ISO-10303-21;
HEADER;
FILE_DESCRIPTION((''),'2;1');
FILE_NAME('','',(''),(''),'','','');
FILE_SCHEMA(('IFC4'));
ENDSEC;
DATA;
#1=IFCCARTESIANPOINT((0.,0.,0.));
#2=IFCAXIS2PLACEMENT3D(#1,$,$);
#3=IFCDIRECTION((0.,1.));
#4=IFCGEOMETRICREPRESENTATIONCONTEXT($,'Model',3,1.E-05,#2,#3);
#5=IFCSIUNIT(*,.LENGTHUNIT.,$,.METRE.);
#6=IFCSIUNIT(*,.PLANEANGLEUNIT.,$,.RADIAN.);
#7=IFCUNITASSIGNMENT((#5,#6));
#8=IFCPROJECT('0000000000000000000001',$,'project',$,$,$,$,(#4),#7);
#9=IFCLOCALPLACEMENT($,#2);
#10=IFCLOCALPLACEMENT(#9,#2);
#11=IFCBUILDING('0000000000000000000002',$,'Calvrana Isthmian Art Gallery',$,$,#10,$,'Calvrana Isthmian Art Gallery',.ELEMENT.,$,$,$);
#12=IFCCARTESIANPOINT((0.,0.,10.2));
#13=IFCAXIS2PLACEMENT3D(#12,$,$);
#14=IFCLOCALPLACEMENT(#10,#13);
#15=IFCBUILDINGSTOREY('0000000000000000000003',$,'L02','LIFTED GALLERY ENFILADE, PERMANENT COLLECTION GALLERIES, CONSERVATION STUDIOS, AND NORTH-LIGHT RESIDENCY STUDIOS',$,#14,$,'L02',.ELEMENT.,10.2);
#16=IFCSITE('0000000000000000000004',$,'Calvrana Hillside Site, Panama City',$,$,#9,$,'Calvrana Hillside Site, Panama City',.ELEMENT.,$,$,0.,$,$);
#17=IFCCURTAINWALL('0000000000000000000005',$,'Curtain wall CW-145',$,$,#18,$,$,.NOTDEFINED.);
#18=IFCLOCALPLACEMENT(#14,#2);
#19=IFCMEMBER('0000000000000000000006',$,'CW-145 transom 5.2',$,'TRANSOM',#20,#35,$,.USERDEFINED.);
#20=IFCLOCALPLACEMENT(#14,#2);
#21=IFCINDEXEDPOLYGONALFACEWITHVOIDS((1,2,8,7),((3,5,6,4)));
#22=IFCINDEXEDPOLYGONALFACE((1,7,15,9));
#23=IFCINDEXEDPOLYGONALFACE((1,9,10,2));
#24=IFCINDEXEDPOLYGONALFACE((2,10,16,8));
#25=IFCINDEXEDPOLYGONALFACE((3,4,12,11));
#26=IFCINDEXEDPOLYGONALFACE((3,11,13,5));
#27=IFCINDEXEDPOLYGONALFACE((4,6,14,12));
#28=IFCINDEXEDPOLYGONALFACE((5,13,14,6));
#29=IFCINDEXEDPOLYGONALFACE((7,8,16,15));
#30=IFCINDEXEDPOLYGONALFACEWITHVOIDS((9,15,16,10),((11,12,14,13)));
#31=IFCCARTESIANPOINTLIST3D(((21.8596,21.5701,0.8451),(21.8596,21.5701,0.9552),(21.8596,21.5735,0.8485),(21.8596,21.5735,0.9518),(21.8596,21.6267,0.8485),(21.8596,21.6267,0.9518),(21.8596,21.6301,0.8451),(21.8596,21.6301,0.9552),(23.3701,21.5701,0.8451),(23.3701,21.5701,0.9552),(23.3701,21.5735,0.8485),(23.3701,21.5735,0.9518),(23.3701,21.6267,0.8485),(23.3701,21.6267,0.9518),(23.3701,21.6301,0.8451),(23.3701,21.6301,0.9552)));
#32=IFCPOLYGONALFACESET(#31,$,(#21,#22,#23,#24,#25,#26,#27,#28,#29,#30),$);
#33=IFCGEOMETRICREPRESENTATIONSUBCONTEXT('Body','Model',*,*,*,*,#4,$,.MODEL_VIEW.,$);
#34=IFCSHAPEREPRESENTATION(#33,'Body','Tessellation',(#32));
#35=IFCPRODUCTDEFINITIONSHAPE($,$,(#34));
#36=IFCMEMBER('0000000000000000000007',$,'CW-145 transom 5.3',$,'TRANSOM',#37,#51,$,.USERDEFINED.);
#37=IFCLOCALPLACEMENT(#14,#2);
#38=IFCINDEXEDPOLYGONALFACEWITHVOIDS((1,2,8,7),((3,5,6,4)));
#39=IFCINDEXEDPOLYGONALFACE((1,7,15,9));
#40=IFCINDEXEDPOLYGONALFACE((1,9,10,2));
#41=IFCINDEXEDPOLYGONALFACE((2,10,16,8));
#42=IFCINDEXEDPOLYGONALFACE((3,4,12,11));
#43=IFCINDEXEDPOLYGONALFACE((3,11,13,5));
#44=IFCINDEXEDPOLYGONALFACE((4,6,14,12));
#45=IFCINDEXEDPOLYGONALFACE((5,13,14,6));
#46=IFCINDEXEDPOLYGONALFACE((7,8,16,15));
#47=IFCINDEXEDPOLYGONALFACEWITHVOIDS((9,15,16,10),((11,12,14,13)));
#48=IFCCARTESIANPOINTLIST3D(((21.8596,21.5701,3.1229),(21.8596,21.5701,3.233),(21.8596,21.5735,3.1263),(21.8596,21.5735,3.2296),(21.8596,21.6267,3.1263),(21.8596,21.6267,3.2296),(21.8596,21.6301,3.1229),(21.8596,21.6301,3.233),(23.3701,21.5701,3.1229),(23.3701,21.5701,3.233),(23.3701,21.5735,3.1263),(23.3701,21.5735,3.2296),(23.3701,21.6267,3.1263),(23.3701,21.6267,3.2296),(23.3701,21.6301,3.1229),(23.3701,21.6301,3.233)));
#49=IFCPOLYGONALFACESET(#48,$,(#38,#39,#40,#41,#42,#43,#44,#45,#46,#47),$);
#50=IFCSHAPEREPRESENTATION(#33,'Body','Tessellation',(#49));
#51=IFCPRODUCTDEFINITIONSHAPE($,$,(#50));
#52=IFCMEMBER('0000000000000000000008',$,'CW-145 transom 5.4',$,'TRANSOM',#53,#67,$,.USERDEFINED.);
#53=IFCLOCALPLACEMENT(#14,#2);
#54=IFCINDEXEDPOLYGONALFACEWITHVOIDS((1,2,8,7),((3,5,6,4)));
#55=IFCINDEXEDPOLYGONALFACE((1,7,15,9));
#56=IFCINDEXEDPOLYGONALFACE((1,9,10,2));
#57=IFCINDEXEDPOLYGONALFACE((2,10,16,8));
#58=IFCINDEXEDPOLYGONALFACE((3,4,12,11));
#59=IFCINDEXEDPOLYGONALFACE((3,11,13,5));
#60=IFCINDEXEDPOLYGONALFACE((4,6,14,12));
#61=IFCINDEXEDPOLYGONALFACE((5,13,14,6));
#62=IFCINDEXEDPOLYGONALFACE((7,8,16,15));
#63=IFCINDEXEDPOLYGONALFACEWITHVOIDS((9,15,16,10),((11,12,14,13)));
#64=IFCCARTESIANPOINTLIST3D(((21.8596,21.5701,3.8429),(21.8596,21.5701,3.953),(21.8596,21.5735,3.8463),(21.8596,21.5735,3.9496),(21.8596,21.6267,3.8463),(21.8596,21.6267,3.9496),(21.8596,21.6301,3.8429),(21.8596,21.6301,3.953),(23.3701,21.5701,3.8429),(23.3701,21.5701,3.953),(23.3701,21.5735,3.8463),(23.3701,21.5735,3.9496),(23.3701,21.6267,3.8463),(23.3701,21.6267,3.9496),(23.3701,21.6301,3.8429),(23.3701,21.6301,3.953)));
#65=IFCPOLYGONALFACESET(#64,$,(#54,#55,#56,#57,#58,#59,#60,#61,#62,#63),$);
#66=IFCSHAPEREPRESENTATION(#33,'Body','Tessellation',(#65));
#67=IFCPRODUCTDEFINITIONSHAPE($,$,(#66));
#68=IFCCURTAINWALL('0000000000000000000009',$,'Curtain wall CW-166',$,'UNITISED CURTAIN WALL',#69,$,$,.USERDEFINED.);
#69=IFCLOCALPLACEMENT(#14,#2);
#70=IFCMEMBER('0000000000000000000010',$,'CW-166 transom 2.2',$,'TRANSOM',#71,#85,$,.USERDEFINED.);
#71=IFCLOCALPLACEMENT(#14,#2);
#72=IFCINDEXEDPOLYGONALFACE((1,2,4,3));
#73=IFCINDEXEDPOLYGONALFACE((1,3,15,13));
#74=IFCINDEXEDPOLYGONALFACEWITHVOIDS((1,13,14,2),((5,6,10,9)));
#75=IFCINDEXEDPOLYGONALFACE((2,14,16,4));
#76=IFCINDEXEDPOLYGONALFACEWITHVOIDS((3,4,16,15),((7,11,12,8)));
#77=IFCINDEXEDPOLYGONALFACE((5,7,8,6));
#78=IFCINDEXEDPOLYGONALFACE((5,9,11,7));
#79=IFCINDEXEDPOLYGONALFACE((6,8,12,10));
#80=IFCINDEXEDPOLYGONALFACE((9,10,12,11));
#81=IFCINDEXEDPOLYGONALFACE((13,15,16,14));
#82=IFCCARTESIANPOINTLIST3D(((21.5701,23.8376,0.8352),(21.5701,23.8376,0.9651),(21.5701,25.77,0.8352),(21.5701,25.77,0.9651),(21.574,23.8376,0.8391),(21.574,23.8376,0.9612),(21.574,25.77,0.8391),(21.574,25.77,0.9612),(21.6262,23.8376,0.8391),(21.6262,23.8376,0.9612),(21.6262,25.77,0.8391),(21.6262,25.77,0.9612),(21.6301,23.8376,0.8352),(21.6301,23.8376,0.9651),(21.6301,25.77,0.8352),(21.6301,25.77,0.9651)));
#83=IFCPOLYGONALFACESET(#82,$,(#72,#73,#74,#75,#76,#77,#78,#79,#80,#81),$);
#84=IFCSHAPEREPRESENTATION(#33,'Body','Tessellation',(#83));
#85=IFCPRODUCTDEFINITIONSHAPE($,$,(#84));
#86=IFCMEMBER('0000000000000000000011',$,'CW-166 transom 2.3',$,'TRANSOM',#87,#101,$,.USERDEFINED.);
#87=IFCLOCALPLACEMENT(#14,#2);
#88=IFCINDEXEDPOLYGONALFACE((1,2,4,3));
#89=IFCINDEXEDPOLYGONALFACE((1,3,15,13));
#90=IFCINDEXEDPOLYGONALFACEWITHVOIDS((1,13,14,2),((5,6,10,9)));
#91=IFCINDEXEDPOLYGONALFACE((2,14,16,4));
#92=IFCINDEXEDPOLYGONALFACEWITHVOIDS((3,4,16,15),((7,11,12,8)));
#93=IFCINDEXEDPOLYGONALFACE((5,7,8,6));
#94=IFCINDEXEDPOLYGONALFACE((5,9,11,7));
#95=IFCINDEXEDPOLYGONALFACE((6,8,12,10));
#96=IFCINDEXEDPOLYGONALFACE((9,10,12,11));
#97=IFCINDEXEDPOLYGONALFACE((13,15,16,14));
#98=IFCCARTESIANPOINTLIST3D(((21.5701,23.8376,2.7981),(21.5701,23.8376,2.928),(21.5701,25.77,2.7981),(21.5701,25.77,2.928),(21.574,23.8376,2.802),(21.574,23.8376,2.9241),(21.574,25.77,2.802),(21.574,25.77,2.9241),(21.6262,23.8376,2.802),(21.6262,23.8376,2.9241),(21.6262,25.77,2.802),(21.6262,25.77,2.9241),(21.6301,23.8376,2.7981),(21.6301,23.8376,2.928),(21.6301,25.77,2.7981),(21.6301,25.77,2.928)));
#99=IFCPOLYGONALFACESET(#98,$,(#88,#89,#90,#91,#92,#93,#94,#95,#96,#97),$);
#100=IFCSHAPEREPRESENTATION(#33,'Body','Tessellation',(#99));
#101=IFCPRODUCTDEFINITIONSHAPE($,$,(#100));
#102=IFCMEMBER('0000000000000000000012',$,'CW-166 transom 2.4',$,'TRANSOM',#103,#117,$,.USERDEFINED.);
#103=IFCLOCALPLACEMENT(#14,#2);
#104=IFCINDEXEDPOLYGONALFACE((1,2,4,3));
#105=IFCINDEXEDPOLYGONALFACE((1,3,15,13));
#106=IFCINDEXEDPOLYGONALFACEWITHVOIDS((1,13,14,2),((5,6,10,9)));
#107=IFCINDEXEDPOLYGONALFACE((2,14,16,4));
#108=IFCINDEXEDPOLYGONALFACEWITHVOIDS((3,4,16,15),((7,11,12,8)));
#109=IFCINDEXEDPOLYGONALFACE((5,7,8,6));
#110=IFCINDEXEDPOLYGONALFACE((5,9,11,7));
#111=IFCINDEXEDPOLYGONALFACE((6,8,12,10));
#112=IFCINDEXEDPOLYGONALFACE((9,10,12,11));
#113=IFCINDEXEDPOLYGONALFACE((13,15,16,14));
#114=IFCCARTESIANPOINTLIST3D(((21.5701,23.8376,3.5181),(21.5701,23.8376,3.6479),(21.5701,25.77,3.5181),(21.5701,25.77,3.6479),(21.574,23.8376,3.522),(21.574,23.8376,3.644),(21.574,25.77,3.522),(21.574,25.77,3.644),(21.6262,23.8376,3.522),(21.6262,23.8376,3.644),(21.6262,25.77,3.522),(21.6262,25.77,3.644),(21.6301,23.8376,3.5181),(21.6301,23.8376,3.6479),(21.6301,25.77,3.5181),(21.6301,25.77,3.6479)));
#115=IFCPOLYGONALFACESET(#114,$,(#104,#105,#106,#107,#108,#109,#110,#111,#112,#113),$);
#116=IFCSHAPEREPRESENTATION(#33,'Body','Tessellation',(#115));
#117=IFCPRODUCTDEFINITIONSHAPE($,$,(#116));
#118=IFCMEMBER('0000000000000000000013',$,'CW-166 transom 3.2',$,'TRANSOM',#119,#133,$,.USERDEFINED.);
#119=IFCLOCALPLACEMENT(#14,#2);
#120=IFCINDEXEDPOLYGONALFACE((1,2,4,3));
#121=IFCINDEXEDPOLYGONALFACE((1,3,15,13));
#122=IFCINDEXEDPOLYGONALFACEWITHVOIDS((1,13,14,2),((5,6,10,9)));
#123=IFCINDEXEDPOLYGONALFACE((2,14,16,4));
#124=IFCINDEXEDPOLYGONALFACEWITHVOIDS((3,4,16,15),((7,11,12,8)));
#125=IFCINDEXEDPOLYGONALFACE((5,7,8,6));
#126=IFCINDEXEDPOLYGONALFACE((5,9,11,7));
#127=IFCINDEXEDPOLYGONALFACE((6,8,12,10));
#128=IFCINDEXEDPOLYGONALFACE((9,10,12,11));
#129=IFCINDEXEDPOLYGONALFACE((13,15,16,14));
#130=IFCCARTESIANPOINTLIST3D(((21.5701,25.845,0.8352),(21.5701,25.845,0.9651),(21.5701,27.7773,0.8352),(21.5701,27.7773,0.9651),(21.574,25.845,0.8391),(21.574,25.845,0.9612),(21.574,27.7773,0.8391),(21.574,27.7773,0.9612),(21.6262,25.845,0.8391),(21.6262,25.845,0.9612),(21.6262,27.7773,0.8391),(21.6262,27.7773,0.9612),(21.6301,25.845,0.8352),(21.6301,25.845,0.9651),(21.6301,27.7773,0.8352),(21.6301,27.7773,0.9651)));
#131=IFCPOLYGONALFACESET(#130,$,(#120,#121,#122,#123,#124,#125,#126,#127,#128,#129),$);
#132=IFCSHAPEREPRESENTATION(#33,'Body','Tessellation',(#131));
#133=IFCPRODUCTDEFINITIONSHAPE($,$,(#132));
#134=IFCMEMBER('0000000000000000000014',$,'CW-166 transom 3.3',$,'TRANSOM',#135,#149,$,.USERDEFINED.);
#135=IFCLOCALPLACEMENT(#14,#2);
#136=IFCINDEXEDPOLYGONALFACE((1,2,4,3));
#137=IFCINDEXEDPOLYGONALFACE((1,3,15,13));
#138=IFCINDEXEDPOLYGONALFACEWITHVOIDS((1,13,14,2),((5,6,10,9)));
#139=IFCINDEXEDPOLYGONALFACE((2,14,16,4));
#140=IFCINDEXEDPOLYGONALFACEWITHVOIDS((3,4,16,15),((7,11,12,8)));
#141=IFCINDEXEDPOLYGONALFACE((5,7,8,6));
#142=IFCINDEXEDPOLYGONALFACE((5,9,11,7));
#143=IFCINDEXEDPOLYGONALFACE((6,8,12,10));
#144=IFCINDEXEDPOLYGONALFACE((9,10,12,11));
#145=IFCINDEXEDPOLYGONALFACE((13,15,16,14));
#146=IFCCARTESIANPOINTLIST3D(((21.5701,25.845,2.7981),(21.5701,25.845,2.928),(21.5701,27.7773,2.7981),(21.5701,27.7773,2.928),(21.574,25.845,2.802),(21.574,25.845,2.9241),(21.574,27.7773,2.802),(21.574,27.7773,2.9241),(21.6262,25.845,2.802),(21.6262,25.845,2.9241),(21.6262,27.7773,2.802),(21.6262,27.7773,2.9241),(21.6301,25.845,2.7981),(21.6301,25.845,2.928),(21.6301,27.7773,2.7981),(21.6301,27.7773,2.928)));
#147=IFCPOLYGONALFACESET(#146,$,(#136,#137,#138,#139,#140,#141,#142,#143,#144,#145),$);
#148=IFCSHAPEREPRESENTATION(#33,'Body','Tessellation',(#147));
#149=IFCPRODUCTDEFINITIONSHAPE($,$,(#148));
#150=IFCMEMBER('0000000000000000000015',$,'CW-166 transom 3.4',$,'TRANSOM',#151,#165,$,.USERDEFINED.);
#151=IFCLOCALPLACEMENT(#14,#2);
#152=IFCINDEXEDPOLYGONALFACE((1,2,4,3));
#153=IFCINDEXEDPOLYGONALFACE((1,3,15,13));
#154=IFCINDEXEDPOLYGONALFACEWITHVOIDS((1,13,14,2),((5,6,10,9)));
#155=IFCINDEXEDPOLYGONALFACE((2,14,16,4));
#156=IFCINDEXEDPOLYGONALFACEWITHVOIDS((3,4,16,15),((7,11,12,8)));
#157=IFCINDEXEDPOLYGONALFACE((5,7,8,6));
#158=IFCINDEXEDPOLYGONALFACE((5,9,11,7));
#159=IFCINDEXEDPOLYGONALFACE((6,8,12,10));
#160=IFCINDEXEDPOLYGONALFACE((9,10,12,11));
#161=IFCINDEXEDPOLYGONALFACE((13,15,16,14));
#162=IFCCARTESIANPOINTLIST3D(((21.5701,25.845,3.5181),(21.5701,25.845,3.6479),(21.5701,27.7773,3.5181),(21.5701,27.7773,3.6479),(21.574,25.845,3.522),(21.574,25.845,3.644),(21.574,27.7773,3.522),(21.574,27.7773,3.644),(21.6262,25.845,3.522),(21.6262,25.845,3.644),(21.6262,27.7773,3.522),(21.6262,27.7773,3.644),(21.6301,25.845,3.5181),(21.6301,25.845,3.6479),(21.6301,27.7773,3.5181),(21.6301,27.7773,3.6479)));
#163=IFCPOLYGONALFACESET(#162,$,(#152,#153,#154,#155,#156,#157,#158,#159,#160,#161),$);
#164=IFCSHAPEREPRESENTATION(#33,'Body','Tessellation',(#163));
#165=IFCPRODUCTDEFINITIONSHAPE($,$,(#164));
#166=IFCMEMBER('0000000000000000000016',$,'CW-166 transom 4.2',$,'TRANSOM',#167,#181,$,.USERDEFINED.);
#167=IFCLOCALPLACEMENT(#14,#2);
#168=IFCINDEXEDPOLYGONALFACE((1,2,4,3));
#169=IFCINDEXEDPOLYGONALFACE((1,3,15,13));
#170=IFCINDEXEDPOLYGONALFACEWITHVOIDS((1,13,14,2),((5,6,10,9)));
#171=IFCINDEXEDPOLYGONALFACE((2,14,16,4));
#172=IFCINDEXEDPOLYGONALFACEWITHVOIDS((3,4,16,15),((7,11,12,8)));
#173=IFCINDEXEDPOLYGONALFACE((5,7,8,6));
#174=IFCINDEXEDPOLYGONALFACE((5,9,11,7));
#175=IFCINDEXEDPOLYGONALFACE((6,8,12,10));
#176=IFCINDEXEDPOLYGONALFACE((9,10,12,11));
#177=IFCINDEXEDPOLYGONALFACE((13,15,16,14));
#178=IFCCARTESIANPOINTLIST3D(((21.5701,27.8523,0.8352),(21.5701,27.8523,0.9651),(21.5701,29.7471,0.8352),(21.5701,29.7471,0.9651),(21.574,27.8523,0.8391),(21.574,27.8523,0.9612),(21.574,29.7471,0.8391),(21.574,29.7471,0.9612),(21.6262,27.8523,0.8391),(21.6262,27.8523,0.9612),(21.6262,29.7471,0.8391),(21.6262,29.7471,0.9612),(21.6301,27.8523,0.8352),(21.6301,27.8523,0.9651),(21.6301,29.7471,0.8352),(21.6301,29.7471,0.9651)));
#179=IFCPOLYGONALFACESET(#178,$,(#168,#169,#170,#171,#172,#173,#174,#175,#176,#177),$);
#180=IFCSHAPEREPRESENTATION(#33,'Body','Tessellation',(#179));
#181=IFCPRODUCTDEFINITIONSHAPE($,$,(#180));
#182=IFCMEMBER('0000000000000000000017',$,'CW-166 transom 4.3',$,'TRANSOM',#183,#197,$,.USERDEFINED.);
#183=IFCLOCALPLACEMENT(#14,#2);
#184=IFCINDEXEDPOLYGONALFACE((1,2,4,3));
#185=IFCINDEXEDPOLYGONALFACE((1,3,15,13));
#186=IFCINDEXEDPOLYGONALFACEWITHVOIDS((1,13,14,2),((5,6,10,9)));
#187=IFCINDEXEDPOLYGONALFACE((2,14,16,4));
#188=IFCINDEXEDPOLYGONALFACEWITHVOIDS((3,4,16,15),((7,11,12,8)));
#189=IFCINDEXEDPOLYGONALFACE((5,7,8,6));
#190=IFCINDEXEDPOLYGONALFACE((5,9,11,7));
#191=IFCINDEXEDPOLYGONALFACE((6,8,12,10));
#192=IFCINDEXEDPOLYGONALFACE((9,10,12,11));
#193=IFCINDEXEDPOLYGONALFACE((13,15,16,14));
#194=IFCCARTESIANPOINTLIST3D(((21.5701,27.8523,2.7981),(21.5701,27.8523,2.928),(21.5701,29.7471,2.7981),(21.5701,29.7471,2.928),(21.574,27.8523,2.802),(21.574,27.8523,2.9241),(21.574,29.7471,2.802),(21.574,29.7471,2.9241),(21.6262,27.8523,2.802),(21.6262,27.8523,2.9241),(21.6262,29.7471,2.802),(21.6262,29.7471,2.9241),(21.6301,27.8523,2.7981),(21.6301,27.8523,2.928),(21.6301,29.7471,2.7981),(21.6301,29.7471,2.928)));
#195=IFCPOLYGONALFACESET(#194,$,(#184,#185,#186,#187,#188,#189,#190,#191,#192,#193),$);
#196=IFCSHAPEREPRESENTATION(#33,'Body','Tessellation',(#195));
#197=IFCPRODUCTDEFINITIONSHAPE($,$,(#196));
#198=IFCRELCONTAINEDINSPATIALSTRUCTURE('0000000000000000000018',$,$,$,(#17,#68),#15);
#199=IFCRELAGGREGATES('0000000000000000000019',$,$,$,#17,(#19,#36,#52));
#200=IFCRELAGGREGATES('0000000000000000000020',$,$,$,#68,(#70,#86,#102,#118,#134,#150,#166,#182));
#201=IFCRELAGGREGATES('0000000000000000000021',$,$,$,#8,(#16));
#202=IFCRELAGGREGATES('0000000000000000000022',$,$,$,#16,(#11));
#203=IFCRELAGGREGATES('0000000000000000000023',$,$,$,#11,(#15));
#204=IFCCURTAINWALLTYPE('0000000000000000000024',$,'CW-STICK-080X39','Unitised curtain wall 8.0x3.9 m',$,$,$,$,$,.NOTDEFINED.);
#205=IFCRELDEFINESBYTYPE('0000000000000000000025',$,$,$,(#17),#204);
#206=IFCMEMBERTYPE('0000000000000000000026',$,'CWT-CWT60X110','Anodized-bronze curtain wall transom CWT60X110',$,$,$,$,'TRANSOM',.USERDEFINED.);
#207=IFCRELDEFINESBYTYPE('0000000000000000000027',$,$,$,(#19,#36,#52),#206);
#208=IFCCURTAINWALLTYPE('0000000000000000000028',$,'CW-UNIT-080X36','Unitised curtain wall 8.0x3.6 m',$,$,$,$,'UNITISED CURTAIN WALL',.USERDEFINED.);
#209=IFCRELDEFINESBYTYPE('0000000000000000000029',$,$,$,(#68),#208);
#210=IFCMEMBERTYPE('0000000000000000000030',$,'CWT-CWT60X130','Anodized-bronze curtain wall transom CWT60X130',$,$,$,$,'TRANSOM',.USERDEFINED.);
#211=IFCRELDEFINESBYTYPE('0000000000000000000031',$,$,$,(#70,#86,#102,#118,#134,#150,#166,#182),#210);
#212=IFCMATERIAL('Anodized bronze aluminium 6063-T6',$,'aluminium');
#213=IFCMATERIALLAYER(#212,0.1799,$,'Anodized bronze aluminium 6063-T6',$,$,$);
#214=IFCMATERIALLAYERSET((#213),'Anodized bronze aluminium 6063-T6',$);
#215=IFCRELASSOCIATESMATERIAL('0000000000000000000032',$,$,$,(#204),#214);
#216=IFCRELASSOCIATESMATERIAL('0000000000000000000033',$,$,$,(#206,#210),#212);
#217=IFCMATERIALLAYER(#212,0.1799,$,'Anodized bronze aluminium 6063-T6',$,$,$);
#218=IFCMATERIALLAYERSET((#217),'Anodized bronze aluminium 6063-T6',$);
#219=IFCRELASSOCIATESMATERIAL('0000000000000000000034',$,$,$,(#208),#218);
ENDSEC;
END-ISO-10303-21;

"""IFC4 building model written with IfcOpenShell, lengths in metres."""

from ifc_helpers import new_model, si_unit, direction, frame, origin, origin_2d, place, context, subcontext, project, spatial, hollow_rectangle, extrude, material, layer, layer_set, material_profile, profile_set, type_object, element, aggregate, save


model = new_model("IFC4")

# Units and contexts
model_context = context("Model", 3, precision=1e-05, world=origin(), true_north=direction((0.0, 1.0)))
body_context = subcontext(model_context, "Body", "Model", "MODEL_VIEW")
ifc_project = project(units=[si_unit("LENGTHUNIT", "METRE"), si_unit("PLANEANGLEUNIT", "RADIAN")], contexts=[model_context])

# Site, building, storey
site_placement = place(None, origin())
site = spatial("IfcSite", under=ifc_project, at=site_placement, Name="Calvrana Hillside Site, Panama City", LongName="Calvrana Hillside Site, Panama City", CompositionType="ELEMENT", RefElevation=0.0)
building_placement = place(site_placement, origin())
building = spatial("IfcBuilding", under=site, at=building_placement, Name="Calvrana Isthmian Art Gallery", LongName="Calvrana Isthmian Art Gallery", CompositionType="ELEMENT")
storey_placement = place(building_placement, frame((0.0, 0.0, 10.2)))
storey = spatial("IfcBuildingStorey", under=building, at=storey_placement, Name="L02", Description="LIFTED GALLERY ENFILADE, PERMANENT COLLECTION GALLERIES, CONSERVATION STUDIOS, AND NORTH-LIGHT RESIDENCY STUDIOS", LongName="L02", CompositionType="ELEMENT", Elevation=10.2)

# Curtain walls, members
ifc_material_1 = material(Name="Anodized bronze aluminium 6063-T6", Category="aluminium")
ifc_layer_1 = layer(ifc_material_1, 0.1799, Name="Anodized bronze aluminium 6063-T6")
ifc_layer_set_1 = layer_set([ifc_layer_1], Name="Anodized bronze aluminium 6063-T6")
curtain_wall_type_1 = type_object("IfcCurtainWallType", Name="CW-STICK-080X39", Description="Unitised curtain wall 8.0x3.9 m", PredefinedType="NOTDEFINED", material=ifc_layer_set_1)
curtain_wall_1_placement = place(storey_placement, origin())
curtain_wall_1 = element("IfcCurtainWall", 1, at=curtain_wall_1_placement, inside=storey, type_object=curtain_wall_type_1, Name="Curtain wall CW-145", PredefinedType="NOTDEFINED")
ifc_material_profile_1 = material_profile(ifc_material_1, hollow_rectangle(XDim=0.0601, YDim=0.1101, WallThickness=0.0034, at=origin_2d()), Name="CWT60X110")
ifc_profile_set_1 = profile_set([ifc_material_profile_1], Name="Anodized bronze aluminium 6063-T6")
member_type_1 = type_object("IfcMemberType", Name="CWT-CWT60X110", Description="Anodized-bronze curtain wall transom CWT60X110", ElementType="TRANSOM", PredefinedType="USERDEFINED", material=ifc_profile_set_1)
member_1_placement = place(storey_placement, frame((23.3701, 21.6001, 0.9001), z_axis=(-1.0, 0.0, 0.0), x_axis=(0.0, -1.0, 0.0)))
member_1 = element("IfcMember", 2, at=member_1_placement, type_object=member_type_1, Name="CW-145 transom 5.2", ObjectType="TRANSOM", PredefinedType="USERDEFINED", context=body_context, shape_type="SweptSolid", body=[
    extrude(hollow_rectangle(XDim=0.0601, YDim=0.1101, WallThickness=0.0034, at=origin_2d()), origin(), (0.0, 0.0, 1.0), 1.5105),
])
member_2_placement = place(storey_placement, frame((23.3701, 21.6001, 3.178), z_axis=(-1.0, 0.0, 0.0), x_axis=(0.0, -1.0, 0.0)))
member_2 = element("IfcMember", 3, at=member_2_placement, type_object=member_type_1, Name="CW-145 transom 5.3", ObjectType="TRANSOM", PredefinedType="USERDEFINED", context=body_context, shape_type="SweptSolid", body=[
    extrude(hollow_rectangle(XDim=0.0601, YDim=0.1101, WallThickness=0.0034, at=origin_2d()), origin(), (0.0, 0.0, 1.0), 1.5105),
])
member_3_placement = place(storey_placement, frame((23.3701, 21.6001, 3.8979), z_axis=(-1.0, 0.0, 0.0), x_axis=(0.0, -1.0, 0.0)))
member_3 = element("IfcMember", 4, at=member_3_placement, type_object=member_type_1, Name="CW-145 transom 5.4", ObjectType="TRANSOM", PredefinedType="USERDEFINED", context=body_context, shape_type="SweptSolid", body=[
    extrude(hollow_rectangle(XDim=0.0601, YDim=0.1101, WallThickness=0.0034, at=origin_2d()), origin(), (0.0, 0.0, 1.0), 1.5105),
])
ifc_layer_2 = layer(ifc_material_1, 0.1799, Name="Anodized bronze aluminium 6063-T6")
ifc_layer_set_2 = layer_set([ifc_layer_2], Name="Anodized bronze aluminium 6063-T6")
curtain_wall_type_2 = type_object("IfcCurtainWallType", Name="CW-UNIT-080X36", Description="Unitised curtain wall 8.0x3.6 m", ElementType="UNITISED CURTAIN WALL", PredefinedType="USERDEFINED", material=ifc_layer_set_2)
curtain_wall_2_placement = place(storey_placement, origin())
curtain_wall_2 = element("IfcCurtainWall", 5, at=curtain_wall_2_placement, inside=storey, type_object=curtain_wall_type_2, Name="Curtain wall CW-166", ObjectType="UNITISED CURTAIN WALL", PredefinedType="USERDEFINED")
ifc_material_profile_2 = material_profile(ifc_material_1, hollow_rectangle(XDim=0.0601, YDim=0.1299, WallThickness=0.0039, at=origin_2d()), Name="CWT60X130")
ifc_profile_set_2 = profile_set([ifc_material_profile_2], Name="Anodized bronze aluminium 6063-T6")
member_type_2 = type_object("IfcMemberType", Name="CWT-CWT60X130", Description="Anodized-bronze curtain wall transom CWT60X130", ElementType="TRANSOM", PredefinedType="USERDEFINED", material=ifc_profile_set_2)
member_4_placement = place(storey_placement, frame((21.6001, 23.8376, 0.9001), z_axis=(0.0, 1.0, 0.0), x_axis=(-1.0, 0.0, 0.0)))
member_4 = element("IfcMember", 6, at=member_4_placement, type_object=member_type_2, Name="CW-166 transom 2.2", ObjectType="TRANSOM", PredefinedType="USERDEFINED", context=body_context, shape_type="SweptSolid", body=[
    extrude(hollow_rectangle(XDim=0.0601, YDim=0.1299, WallThickness=0.0039, at=origin_2d()), origin(), (0.0, 0.0, 1.0), 1.9324),
])
member_5_placement = place(storey_placement, frame((21.6001, 23.8376, 2.863), z_axis=(0.0, 1.0, 0.0), x_axis=(-1.0, 0.0, 0.0)))
member_5 = element("IfcMember", 7, at=member_5_placement, type_object=member_type_2, Name="CW-166 transom 2.3", ObjectType="TRANSOM", PredefinedType="USERDEFINED", context=body_context, shape_type="SweptSolid", body=[
    extrude(hollow_rectangle(XDim=0.0601, YDim=0.1299, WallThickness=0.0039, at=origin_2d()), origin(), (0.0, 0.0, 1.0), 1.9324),
])
member_6_placement = place(storey_placement, frame((21.6001, 23.8376, 3.583), z_axis=(0.0, 1.0, 0.0), x_axis=(-1.0, 0.0, 0.0)))
member_6 = element("IfcMember", 8, at=member_6_placement, type_object=member_type_2, Name="CW-166 transom 2.4", ObjectType="TRANSOM", PredefinedType="USERDEFINED", context=body_context, shape_type="SweptSolid", body=[
    extrude(hollow_rectangle(XDim=0.0601, YDim=0.1299, WallThickness=0.0039, at=origin_2d()), origin(), (0.0, 0.0, 1.0), 1.9324),
])
member_7_placement = place(storey_placement, frame((21.6001, 25.845, 0.9001), z_axis=(0.0, 1.0, 0.0), x_axis=(-1.0, 0.0, 0.0)))
member_7 = element("IfcMember", 9, at=member_7_placement, type_object=member_type_2, Name="CW-166 transom 3.2", ObjectType="TRANSOM", PredefinedType="USERDEFINED", context=body_context, shape_type="SweptSolid", body=[
    extrude(hollow_rectangle(XDim=0.0601, YDim=0.1299, WallThickness=0.0039, at=origin_2d()), origin(), (0.0, 0.0, 1.0), 1.9324),
])
member_8_placement = place(storey_placement, frame((21.6001, 25.845, 2.863), z_axis=(0.0, 1.0, 0.0), x_axis=(-1.0, 0.0, 0.0)))
member_8 = element("IfcMember", 10, at=member_8_placement, type_object=member_type_2, Name="CW-166 transom 3.3", ObjectType="TRANSOM", PredefinedType="USERDEFINED", context=body_context, shape_type="SweptSolid", body=[
    extrude(hollow_rectangle(XDim=0.0601, YDim=0.1299, WallThickness=0.0039, at=origin_2d()), origin(), (0.0, 0.0, 1.0), 1.9324),
])
member_9_placement = place(storey_placement, frame((21.6001, 25.845, 3.583), z_axis=(0.0, 1.0, 0.0), x_axis=(-1.0, 0.0, 0.0)))
member_9 = element("IfcMember", 11, at=member_9_placement, type_object=member_type_2, Name="CW-166 transom 3.4", ObjectType="TRANSOM", PredefinedType="USERDEFINED", context=body_context, shape_type="SweptSolid", body=[
    extrude(hollow_rectangle(XDim=0.0601, YDim=0.1299, WallThickness=0.0039, at=origin_2d()), origin(), (0.0, 0.0, 1.0), 1.9324),
])
member_10_placement = place(storey_placement, frame((21.6001, 27.8523, 0.9001), z_axis=(0.0, 1.0, 0.0), x_axis=(-1.0, 0.0, 0.0)))
member_10 = element("IfcMember", 12, at=member_10_placement, type_object=member_type_2, Name="CW-166 transom 4.2", ObjectType="TRANSOM", PredefinedType="USERDEFINED", context=body_context, shape_type="SweptSolid", body=[
    extrude(hollow_rectangle(XDim=0.0601, YDim=0.1299, WallThickness=0.0039, at=origin_2d()), origin(), (0.0, 0.0, 1.0), 1.8948),
])
member_11_placement = place(storey_placement, frame((21.6001, 27.8523, 2.863), z_axis=(0.0, 1.0, 0.0), x_axis=(-1.0, 0.0, 0.0)))
member_11 = element("IfcMember", 13, at=member_11_placement, type_object=member_type_2, Name="CW-166 transom 4.3", ObjectType="TRANSOM", PredefinedType="USERDEFINED", context=body_context, shape_type="SweptSolid", body=[
    extrude(hollow_rectangle(XDim=0.0601, YDim=0.1299, WallThickness=0.0039, at=origin_2d()), origin(), (0.0, 0.0, 1.0), 1.8948),
])

aggregate(curtain_wall_1, [member_1, member_2, member_3])
aggregate(curtain_wall_2, [member_4, member_5, member_6, member_7, member_8, member_9, member_10, member_11])

save(model, "model.ifc")
